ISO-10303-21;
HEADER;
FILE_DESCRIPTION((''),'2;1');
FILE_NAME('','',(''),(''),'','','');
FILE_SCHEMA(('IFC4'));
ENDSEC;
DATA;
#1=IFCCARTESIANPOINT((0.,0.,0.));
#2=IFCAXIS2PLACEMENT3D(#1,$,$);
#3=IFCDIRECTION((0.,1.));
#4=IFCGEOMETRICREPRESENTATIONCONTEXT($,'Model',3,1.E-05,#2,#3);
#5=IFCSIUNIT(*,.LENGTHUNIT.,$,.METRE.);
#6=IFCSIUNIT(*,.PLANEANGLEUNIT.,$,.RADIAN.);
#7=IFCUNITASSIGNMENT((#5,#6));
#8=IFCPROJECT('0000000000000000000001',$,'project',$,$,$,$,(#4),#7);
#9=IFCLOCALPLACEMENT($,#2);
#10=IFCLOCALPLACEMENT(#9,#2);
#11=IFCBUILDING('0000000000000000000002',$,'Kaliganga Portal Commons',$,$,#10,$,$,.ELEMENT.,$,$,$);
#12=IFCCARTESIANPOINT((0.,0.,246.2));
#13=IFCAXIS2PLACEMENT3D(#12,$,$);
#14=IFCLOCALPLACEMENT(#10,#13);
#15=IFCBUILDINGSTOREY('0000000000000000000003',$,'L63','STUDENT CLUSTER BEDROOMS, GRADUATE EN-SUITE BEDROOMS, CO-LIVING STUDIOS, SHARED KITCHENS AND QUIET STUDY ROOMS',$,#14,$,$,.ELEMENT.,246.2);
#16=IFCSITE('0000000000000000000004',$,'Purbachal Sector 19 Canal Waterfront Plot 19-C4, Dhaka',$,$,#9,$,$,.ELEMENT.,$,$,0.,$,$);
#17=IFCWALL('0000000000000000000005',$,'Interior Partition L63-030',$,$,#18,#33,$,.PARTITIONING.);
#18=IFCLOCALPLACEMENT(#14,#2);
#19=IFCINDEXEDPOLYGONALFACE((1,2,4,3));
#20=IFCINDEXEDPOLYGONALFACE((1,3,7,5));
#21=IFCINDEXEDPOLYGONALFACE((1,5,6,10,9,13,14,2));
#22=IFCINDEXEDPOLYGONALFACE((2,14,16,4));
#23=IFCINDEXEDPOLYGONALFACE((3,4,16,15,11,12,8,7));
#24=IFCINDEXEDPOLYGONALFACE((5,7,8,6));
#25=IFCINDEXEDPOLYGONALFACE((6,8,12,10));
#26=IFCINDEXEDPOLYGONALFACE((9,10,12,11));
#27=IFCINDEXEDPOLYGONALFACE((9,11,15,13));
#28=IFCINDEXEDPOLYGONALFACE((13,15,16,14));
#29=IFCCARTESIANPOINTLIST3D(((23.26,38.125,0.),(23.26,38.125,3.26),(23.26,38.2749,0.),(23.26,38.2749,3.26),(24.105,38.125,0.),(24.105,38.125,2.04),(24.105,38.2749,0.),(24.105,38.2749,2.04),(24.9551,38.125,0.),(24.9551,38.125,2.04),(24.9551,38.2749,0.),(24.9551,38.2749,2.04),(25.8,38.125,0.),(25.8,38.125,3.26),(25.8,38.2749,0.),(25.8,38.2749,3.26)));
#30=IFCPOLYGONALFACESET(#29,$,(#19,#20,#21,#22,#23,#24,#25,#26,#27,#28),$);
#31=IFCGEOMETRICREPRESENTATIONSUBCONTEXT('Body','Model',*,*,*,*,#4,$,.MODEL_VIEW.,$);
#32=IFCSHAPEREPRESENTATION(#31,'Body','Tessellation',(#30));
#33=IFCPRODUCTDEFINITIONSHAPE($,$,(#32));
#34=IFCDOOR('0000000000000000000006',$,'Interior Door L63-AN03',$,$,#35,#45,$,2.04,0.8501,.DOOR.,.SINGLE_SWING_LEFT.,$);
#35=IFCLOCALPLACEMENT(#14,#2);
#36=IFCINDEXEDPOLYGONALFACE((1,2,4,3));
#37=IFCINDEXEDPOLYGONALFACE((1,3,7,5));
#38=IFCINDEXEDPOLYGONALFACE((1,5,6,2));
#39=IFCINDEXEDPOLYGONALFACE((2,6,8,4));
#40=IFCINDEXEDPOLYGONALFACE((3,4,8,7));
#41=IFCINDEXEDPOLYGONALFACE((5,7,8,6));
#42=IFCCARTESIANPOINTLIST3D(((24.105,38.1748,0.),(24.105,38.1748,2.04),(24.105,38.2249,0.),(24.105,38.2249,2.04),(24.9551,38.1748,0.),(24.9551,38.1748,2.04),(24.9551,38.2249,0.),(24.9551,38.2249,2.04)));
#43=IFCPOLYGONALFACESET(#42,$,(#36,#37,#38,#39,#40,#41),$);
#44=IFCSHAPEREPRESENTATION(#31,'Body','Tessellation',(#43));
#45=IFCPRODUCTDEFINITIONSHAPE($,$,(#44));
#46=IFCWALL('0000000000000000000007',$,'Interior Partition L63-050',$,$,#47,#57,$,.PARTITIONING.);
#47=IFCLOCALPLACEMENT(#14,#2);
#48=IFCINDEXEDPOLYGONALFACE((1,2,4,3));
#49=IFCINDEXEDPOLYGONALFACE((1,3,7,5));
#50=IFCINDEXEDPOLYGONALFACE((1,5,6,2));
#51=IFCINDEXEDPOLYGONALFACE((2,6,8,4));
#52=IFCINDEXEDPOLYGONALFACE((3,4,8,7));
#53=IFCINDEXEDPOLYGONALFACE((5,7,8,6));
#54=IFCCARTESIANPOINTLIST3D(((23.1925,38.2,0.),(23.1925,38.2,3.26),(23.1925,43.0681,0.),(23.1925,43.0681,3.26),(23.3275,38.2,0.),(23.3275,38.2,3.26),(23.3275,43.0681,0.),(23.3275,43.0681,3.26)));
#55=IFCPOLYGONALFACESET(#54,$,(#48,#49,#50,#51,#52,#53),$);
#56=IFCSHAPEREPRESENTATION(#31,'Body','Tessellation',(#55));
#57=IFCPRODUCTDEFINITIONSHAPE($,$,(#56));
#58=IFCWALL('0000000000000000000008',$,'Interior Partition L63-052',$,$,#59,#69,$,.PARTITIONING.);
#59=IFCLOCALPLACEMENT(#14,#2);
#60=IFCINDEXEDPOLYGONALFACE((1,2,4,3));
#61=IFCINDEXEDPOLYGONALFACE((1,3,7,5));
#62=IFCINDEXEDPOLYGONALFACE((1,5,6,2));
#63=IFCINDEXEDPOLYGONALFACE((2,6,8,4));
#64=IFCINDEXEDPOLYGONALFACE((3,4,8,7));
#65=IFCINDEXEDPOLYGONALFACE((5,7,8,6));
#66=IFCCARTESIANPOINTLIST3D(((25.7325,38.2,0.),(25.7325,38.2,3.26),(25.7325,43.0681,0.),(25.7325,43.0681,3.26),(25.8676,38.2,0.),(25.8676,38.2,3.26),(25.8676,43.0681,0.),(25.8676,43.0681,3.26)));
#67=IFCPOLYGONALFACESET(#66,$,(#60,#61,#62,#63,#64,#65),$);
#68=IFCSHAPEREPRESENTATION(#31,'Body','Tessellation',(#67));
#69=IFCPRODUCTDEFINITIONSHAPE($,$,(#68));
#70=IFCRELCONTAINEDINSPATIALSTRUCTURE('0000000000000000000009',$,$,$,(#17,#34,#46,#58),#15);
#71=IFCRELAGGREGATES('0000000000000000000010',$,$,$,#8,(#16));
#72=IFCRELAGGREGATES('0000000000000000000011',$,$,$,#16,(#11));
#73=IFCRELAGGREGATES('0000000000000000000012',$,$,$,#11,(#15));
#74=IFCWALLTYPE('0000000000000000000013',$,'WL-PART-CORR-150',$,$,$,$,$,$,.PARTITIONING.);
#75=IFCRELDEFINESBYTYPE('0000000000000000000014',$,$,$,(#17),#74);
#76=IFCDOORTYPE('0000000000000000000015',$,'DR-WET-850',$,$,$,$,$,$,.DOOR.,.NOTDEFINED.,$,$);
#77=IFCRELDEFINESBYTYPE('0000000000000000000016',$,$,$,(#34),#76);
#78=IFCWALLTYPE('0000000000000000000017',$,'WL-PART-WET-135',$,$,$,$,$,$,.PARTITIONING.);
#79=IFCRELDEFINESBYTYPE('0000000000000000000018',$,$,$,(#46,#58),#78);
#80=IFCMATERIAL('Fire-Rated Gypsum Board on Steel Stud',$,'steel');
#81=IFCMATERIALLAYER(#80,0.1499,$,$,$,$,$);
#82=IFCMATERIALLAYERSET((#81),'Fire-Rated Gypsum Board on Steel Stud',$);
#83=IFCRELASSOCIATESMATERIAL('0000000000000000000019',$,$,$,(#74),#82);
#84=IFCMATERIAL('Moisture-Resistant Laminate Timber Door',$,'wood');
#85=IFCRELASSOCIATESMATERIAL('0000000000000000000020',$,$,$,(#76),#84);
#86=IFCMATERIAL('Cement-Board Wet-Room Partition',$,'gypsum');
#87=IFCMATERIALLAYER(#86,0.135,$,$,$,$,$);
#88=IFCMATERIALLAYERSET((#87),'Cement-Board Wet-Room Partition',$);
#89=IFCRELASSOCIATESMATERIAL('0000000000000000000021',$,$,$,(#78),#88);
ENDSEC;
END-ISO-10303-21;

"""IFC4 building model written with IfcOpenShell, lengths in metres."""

from ifc_helpers import new_model, si_unit, direction, frame, frame_2d, origin, place, context, subcontext, project, spatial, rectangle, extrude, material, layer, layer_set, type_object, element, fill, save


model = new_model("IFC4")

# Units and contexts
model_context = context("Model", 3, precision=1e-05, world=origin(), true_north=direction((0.0, 1.0)))
body_context = subcontext(model_context, "Body", "Model", "MODEL_VIEW")
ifc_project = project(units=[si_unit("LENGTHUNIT", "METRE"), si_unit("PLANEANGLEUNIT", "RADIAN")], contexts=[model_context])

# Site, building, storey
site_placement = place(None, origin())
site = spatial("IfcSite", under=ifc_project, at=site_placement, Name="Purbachal Sector 19 Canal Waterfront Plot 19-C4, Dhaka", CompositionType="ELEMENT", RefElevation=0.0)
building_placement = place(site_placement, origin())
building = spatial("IfcBuilding", under=site, at=building_placement, Name="Kaliganga Portal Commons", CompositionType="ELEMENT")
storey_placement = place(building_placement, frame((0.0, 0.0, 246.2)))
storey = spatial("IfcBuildingStorey", under=building, at=storey_placement, Name="L63", Description="STUDENT CLUSTER BEDROOMS, GRADUATE EN-SUITE BEDROOMS, CO-LIVING STUDIOS, SHARED KITCHENS AND QUIET STUDY ROOMS", CompositionType="ELEMENT", Elevation=246.2)

# Wall, opening, door
ifc_material_1 = material(Name="Fire-Rated Gypsum Board on Steel Stud", Category="steel")
ifc_layer_1 = layer(ifc_material_1, 0.1499)
ifc_layer_set_1 = layer_set([ifc_layer_1], Name="Fire-Rated Gypsum Board on Steel Stud")
wall_type_1 = type_object("IfcWallType", Name="WL-PART-CORR-150", PredefinedType="PARTITIONING", material=ifc_layer_set_1)
wall_1_placement = place(storey_placement, frame((23.26, 38.2, 0.0), z_axis=(0.0, 0.0, 1.0), x_axis=(1.0, 0.0, 0.0)))
wall_1 = element("IfcWall", 1, at=wall_1_placement, inside=storey, type_object=wall_type_1, Name="Interior Partition L63-030", PredefinedType="PARTITIONING", context=body_context, shape_type="SweptSolid", body=[
    extrude(rectangle(XDim=2.54, YDim=0.1499, at=frame_2d((1.27, 0.0))), origin(), (0.0, 0.0, 1.0), 3.26),
])
opening_1_placement = place(wall_1_placement, frame((0.845, 0.0, 0.0)))
opening_1 = element("IfcOpeningElement", 2, at=opening_1_placement, cuts=wall_1, PredefinedType="OPENING", context=body_context, shape_type="SweptSolid", body=[
    extrude(rectangle(XDim=0.8501, YDim=2.04, at=frame_2d((0.425, 1.02))), frame((0.0, 0.085, 0.0), z_axis=(0.0, -1.0, 0.0), x_axis=(1.0, 0.0, 0.0)), (0.0, 0.0, 1.0), 0.1699),
])
ifc_material_2 = material(Name="Moisture-Resistant Laminate Timber Door", Category="wood")
door_type_1 = type_object("IfcDoorType", Name="DR-WET-850", OperationType="NOTDEFINED", PredefinedType="DOOR", material=ifc_material_2)
door_1_placement = place(opening_1_placement, origin())
door_1 = element("IfcDoor", 3, at=door_1_placement, inside=storey, type_object=door_type_1, Name="Interior Door L63-AN03", OperationType="SINGLE_SWING_LEFT", OverallHeight=2.04, OverallWidth=0.8501, PredefinedType="DOOR", context=body_context, shape_type="SweptSolid", body=[
    extrude(rectangle(XDim=0.8501, YDim=2.04, at=frame_2d((0.425, 1.02))), frame((0.0, 0.0249, 0.0), z_axis=(0.0, -1.0, 0.0), x_axis=(1.0, 0.0, 0.0)), (0.0, 0.0, 1.0), 0.05),
])
fill(opening_1, door_1)

# Walls
ifc_material_3 = material(Name="Cement-Board Wet-Room Partition", Category="gypsum")
ifc_layer_2 = layer(ifc_material_3, 0.135)
ifc_layer_set_2 = layer_set([ifc_layer_2], Name="Cement-Board Wet-Room Partition")
wall_type_2 = type_object("IfcWallType", Name="WL-PART-WET-135", PredefinedType="PARTITIONING", material=ifc_layer_set_2)
for number, where, z_axis, x_axis, name in (
    (4, (23.26, 38.2, 0.0), (0.0, 0.0, 1.0), (0.0, 1.0, 0.0), "Interior Partition L63-050"),
    (5, (25.8, 38.2, 0.0), (0.0, 0.0, 1.0), (0.0, 1.0, 0.0), "Interior Partition L63-052"),
):
    element("IfcWall", number, at=place(storey_placement, frame(where, z_axis=z_axis, x_axis=x_axis)), inside=storey, type_object=wall_type_2, Name=name, PredefinedType="PARTITIONING", context=body_context, shape_type="SweptSolid", body=[
        extrude(rectangle(XDim=4.8682, YDim=0.135, at=frame_2d((2.4341, 0.0))), origin(), (0.0, 0.0, 1.0), 3.26),
    ])

save(model, "model.ifc")
